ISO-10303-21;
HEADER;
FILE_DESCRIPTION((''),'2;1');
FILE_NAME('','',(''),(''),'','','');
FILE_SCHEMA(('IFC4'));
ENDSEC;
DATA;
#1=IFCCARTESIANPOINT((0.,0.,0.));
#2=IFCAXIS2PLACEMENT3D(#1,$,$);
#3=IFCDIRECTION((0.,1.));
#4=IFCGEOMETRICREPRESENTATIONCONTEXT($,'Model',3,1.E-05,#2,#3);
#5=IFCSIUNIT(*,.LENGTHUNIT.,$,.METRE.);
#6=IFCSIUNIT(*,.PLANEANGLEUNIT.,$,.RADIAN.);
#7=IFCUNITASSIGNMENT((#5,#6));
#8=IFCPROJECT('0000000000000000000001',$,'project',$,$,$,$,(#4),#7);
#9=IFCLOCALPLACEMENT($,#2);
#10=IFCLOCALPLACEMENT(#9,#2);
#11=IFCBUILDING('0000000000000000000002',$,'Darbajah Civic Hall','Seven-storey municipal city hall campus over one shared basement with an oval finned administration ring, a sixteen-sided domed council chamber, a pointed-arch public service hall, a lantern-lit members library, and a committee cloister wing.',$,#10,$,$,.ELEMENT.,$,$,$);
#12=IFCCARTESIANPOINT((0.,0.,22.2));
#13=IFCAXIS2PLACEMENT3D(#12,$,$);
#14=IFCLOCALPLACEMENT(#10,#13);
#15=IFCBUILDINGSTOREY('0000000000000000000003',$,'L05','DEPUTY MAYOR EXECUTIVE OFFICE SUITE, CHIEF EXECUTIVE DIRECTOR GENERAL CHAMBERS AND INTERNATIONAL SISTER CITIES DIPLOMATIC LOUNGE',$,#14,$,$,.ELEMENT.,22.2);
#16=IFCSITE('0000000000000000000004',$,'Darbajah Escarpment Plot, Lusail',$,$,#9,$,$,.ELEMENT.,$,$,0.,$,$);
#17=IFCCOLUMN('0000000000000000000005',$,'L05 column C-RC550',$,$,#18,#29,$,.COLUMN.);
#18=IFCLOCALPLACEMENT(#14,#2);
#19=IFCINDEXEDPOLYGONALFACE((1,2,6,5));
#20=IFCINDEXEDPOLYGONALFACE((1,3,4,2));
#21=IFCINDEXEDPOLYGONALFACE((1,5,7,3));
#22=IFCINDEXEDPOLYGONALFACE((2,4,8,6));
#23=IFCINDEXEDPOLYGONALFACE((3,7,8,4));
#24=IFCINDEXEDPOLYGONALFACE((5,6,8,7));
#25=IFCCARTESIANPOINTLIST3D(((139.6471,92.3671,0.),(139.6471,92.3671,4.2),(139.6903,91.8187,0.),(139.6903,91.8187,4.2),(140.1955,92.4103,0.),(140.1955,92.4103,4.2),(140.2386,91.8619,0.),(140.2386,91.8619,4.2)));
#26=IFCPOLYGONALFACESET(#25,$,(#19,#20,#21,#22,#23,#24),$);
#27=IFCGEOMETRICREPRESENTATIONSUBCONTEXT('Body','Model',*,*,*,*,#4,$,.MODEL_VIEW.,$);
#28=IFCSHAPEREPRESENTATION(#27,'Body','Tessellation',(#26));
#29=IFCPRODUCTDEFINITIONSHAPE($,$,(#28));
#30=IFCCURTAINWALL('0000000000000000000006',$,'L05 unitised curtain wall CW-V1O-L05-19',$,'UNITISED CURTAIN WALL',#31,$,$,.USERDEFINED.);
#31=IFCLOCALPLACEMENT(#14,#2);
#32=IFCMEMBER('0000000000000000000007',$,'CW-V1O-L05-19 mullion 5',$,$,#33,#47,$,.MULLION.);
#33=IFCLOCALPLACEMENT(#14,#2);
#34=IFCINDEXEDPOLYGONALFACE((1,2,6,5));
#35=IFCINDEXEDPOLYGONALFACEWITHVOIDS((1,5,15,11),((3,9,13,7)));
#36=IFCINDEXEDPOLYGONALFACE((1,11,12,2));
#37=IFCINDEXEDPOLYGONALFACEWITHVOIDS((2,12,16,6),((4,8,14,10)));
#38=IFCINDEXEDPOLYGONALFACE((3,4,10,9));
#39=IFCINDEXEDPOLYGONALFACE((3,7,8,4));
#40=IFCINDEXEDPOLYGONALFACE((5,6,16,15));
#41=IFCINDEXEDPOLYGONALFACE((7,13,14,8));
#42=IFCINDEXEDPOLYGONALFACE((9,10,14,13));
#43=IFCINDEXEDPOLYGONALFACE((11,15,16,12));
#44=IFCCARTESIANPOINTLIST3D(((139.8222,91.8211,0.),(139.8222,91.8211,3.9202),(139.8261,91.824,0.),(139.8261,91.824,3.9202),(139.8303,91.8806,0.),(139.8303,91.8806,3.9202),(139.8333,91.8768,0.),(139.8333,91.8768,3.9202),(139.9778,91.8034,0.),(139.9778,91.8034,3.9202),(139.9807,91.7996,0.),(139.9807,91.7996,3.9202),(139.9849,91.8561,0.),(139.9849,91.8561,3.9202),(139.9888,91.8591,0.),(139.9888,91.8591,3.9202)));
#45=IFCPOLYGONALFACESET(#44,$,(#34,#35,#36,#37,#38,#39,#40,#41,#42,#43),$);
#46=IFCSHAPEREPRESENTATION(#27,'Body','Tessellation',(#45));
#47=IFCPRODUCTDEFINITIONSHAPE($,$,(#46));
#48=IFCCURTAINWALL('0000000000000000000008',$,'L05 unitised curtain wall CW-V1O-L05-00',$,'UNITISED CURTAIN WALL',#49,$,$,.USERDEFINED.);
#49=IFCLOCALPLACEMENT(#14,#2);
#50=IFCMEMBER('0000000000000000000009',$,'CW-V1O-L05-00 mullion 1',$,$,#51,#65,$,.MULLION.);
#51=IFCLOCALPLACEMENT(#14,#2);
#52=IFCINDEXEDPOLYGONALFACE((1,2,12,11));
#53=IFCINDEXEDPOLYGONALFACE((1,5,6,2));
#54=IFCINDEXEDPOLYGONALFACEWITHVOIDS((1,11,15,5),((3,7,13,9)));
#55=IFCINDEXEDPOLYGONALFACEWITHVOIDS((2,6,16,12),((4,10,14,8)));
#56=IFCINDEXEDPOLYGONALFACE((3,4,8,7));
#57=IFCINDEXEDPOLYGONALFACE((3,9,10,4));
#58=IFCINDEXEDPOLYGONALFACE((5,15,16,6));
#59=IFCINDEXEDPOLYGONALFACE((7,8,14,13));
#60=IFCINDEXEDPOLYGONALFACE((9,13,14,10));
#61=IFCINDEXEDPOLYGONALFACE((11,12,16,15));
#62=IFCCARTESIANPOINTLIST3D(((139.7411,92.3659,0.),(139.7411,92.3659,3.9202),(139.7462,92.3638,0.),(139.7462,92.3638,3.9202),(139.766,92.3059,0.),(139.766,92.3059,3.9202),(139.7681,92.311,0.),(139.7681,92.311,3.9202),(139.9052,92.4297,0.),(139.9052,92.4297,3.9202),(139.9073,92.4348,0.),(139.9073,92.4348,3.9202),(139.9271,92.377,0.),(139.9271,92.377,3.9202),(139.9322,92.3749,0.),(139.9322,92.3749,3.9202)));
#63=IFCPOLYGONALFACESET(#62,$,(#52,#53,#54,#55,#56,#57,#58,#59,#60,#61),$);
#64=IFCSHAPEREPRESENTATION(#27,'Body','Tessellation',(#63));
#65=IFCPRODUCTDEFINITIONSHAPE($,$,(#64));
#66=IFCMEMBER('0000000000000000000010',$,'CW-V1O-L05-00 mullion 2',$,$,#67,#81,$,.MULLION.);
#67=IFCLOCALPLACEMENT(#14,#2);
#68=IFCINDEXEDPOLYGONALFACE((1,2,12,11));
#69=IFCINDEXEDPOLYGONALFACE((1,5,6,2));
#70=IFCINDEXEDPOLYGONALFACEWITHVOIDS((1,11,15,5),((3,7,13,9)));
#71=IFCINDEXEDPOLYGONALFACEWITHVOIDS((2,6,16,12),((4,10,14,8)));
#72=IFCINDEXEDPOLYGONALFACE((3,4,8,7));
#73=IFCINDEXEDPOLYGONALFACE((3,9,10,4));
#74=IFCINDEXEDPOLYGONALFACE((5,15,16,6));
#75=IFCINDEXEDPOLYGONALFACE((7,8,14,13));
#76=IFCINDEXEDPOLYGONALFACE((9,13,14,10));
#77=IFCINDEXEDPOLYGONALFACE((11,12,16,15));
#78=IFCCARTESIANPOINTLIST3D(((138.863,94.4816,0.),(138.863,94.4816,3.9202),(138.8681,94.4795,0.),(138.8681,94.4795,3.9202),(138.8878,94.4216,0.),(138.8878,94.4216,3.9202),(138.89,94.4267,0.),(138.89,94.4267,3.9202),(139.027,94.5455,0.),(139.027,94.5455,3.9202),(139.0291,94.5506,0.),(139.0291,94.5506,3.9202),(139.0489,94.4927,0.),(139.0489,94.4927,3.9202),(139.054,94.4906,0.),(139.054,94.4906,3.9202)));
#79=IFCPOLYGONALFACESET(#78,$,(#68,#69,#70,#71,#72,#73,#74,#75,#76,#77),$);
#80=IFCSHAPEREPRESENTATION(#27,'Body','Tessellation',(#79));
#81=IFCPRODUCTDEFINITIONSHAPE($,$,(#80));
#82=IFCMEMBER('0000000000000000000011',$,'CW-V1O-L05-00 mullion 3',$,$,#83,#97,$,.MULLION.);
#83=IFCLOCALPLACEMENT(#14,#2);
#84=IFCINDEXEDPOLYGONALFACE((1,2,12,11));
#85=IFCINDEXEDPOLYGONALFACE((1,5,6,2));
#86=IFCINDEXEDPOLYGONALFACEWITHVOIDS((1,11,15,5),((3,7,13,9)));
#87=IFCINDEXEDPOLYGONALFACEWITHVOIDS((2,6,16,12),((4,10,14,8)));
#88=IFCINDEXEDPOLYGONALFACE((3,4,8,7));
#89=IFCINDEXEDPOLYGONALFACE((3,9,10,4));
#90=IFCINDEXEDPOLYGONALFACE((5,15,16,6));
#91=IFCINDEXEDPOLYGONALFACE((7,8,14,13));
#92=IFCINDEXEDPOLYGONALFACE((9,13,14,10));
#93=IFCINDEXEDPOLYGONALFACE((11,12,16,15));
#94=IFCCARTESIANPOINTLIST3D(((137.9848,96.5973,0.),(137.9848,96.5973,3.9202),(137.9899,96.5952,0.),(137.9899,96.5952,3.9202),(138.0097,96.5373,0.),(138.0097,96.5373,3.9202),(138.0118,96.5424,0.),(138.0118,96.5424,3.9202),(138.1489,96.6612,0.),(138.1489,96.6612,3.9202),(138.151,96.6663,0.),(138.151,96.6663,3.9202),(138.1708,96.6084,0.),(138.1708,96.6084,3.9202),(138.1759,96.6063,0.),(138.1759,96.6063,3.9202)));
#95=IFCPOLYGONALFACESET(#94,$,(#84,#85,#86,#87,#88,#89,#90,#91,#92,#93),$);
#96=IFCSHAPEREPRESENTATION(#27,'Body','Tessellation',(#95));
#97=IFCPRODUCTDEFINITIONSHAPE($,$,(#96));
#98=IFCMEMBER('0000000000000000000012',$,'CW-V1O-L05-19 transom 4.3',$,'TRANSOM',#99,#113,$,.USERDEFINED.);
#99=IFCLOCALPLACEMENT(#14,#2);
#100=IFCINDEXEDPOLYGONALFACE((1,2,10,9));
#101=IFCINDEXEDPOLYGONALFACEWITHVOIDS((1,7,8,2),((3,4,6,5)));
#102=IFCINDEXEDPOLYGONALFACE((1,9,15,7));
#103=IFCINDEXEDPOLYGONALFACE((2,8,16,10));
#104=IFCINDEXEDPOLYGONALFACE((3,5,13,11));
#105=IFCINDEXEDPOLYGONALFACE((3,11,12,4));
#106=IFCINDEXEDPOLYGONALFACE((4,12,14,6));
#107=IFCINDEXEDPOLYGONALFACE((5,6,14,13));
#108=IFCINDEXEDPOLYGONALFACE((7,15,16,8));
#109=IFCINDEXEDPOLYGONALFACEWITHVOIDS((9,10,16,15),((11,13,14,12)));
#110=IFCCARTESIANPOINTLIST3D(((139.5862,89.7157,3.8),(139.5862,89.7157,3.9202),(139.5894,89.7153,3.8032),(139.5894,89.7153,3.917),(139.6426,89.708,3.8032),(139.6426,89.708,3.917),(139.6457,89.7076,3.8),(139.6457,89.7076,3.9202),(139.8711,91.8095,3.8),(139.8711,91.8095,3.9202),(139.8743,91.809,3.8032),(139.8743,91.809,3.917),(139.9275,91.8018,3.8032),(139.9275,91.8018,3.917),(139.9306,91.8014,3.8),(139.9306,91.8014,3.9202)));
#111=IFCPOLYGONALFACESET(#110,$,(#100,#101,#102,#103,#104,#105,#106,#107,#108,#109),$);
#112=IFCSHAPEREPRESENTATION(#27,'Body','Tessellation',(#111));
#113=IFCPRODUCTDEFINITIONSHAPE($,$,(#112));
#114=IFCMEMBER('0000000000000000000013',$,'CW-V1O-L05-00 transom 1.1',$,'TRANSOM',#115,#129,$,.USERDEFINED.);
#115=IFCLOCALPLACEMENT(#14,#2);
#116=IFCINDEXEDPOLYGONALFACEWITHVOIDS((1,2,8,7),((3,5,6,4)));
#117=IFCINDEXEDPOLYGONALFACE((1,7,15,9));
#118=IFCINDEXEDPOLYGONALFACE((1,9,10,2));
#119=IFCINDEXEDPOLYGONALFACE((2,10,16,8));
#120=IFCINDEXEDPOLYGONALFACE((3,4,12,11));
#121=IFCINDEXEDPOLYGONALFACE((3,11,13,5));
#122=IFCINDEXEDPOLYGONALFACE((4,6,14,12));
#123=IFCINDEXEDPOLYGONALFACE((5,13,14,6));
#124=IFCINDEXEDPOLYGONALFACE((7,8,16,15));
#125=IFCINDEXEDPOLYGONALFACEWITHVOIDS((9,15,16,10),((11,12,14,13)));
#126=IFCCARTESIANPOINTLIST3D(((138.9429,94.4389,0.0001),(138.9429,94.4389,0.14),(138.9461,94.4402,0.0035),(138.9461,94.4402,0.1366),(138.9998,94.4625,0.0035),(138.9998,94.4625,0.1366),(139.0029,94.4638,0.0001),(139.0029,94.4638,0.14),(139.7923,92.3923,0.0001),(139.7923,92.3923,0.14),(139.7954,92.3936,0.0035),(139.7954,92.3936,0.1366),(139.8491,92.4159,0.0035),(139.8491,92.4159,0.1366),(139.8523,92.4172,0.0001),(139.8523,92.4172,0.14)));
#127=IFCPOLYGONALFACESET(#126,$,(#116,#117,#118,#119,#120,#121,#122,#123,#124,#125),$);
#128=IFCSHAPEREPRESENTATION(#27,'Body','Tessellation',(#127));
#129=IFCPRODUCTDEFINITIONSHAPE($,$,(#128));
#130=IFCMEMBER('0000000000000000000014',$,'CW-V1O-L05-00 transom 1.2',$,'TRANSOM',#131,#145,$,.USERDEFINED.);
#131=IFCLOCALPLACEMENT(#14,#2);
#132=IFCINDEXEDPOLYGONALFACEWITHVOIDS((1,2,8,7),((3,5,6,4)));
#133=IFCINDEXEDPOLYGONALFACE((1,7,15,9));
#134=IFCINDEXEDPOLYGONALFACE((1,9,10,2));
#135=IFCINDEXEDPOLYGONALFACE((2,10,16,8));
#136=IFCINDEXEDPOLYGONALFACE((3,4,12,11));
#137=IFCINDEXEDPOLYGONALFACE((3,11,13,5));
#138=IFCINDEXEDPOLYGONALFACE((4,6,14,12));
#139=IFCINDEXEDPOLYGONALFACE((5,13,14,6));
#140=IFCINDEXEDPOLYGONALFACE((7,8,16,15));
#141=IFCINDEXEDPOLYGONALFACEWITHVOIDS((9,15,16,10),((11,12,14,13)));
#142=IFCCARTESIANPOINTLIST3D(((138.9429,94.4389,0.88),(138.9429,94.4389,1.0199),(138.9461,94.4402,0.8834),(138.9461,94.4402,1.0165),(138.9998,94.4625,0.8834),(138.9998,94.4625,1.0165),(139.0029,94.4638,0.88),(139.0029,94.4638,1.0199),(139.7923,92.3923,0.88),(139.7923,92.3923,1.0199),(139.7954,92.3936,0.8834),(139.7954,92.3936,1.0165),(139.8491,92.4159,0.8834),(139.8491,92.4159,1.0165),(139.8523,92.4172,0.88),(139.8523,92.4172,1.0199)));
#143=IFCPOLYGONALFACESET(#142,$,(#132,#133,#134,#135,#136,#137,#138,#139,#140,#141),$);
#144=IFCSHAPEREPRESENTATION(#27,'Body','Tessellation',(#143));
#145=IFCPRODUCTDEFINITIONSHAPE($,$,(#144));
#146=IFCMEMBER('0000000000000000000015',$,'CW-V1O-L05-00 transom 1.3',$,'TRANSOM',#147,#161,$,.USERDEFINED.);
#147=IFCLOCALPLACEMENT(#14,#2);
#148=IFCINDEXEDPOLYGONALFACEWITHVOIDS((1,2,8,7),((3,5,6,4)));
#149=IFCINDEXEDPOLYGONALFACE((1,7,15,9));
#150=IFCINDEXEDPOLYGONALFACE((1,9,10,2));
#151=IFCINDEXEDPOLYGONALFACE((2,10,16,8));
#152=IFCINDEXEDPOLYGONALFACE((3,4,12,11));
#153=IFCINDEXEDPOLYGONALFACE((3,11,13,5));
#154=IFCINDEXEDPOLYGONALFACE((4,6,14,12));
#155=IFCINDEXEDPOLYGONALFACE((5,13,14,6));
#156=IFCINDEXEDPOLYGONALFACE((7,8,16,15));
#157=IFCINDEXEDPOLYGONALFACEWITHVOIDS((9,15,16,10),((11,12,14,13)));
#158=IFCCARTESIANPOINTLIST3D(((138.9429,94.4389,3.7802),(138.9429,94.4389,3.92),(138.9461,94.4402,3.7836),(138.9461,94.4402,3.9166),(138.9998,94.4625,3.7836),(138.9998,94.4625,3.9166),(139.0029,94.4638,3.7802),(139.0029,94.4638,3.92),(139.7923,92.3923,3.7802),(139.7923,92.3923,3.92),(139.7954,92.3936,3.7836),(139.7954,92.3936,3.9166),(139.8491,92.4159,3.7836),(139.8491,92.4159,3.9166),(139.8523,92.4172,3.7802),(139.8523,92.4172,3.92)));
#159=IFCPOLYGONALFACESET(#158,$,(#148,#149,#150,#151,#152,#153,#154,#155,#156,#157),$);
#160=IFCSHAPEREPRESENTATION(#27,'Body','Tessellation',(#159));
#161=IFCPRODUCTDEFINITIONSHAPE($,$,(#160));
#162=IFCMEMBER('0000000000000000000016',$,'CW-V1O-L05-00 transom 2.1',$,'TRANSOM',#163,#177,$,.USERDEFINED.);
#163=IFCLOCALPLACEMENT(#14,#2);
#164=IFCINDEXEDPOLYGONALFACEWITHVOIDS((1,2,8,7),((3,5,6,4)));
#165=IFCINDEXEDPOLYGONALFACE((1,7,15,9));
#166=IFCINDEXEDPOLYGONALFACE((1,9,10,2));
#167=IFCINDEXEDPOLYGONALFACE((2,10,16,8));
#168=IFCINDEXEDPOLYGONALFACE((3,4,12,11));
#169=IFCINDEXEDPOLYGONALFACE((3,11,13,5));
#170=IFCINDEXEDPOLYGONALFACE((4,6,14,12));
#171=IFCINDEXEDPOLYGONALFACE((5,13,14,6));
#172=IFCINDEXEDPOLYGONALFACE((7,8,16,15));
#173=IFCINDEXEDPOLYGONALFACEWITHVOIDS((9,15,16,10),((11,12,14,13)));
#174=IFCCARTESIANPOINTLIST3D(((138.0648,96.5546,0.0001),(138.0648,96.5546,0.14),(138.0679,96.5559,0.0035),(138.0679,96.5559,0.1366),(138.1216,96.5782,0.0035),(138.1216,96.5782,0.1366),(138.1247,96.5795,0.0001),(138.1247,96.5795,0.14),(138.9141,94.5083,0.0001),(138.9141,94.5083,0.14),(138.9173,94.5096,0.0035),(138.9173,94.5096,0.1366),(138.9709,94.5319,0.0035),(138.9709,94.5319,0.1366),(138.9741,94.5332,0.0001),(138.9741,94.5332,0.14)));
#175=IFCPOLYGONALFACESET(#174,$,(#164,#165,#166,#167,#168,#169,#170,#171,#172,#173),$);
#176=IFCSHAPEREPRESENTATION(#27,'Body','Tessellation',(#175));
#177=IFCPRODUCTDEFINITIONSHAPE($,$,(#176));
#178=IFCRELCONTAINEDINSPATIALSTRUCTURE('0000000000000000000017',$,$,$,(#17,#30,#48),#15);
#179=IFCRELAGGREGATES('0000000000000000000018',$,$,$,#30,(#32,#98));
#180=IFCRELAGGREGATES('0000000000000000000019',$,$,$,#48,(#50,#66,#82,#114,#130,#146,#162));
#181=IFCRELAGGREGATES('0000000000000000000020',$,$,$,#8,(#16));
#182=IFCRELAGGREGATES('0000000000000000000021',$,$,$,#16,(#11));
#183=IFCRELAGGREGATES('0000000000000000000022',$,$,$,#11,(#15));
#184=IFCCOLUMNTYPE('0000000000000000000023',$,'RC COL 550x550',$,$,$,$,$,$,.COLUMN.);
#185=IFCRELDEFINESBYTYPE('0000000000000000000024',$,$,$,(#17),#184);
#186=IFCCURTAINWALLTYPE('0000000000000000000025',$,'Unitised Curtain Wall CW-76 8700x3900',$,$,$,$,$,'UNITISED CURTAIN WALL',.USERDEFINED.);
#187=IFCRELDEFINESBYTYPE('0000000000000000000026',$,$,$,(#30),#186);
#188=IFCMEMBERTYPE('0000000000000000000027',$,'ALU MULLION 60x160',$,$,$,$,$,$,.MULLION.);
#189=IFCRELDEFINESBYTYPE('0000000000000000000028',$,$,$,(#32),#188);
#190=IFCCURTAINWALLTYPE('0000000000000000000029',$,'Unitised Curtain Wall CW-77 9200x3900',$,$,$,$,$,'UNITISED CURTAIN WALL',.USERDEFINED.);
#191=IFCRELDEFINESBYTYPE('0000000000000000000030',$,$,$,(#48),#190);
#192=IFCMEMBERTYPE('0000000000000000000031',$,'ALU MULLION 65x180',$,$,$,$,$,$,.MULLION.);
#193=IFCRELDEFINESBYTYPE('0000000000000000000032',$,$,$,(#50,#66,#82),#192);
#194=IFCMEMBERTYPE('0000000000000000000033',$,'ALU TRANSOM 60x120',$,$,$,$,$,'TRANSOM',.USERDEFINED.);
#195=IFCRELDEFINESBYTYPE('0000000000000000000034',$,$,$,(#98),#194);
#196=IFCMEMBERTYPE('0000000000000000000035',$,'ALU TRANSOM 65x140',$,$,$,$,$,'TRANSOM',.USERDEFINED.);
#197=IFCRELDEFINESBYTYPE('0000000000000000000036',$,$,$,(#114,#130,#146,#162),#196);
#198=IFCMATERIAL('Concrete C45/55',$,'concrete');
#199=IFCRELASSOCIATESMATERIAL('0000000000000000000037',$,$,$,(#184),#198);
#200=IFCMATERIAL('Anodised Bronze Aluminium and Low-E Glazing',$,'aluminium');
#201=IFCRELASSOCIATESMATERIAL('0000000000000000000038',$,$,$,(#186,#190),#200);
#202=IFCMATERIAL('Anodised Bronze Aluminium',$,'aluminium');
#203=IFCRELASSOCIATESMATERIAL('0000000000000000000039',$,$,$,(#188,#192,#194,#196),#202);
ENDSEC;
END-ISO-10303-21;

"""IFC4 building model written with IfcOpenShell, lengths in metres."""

from ifc_helpers import new_model, si_unit, direction, frame, origin, origin_2d, place, context, subcontext, project, spatial, rectangle, hollow_rectangle, extrude, material, material_profile, profile_set, type_object, element, aggregate, save


model = new_model("IFC4")

# Units and contexts
model_context = context("Model", 3, precision=1e-05, world=origin(), true_north=direction((0.0, 1.0)))
body_context = subcontext(model_context, "Body", "Model", "MODEL_VIEW")
ifc_project = project(units=[si_unit("LENGTHUNIT", "METRE"), si_unit("PLANEANGLEUNIT", "RADIAN")], contexts=[model_context])

# Site, building, storey
site_placement = place(None, origin())
site = spatial("IfcSite", under=ifc_project, at=site_placement, Name="Darbajah Escarpment Plot, Lusail", CompositionType="ELEMENT", RefElevation=0.0)
building_placement = place(site_placement, origin())
building = spatial("IfcBuilding", under=site, at=building_placement, Name="Darbajah Civic Hall", Description="Seven-storey municipal city hall campus over one shared basement with an oval finned administration ring, a sixteen-sided domed council chamber, a pointed-arch public service hall, a lantern-lit members library, and a committee cloister wing.", CompositionType="ELEMENT")
storey_placement = place(building_placement, frame((0.0, 0.0, 22.2)))
storey = spatial("IfcBuildingStorey", under=building, at=storey_placement, Name="L05", Description="DEPUTY MAYOR EXECUTIVE OFFICE SUITE, CHIEF EXECUTIVE DIRECTOR GENERAL CHAMBERS AND INTERNATIONAL SISTER CITIES DIPLOMATIC LOUNGE", CompositionType="ELEMENT", Elevation=22.2)

# Column
ifc_material_1 = material(Name="Concrete C45/55", Category="concrete")
ifc_material_profile_1 = material_profile(ifc_material_1, rectangle(XDim=0.55, YDim=0.55, at=origin_2d()), Name="RC COL 550x550")
ifc_profile_set_1 = profile_set([ifc_material_profile_1], Name="Concrete C45/55")
column_type = type_object("IfcColumnType", Name="RC COL 550x550", PredefinedType="COLUMN", material=ifc_profile_set_1)
column_placement = place(storey_placement, frame((139.9429, 92.1145, 0.0), z_axis=(0.0, 0.0, 1.0), x_axis=(0.996917, 0.078459, 0.0)))
element("IfcColumn", 1, at=column_placement, inside=storey, type_object=column_type, Name="L05 column C-RC550", PredefinedType="COLUMN", context=body_context, shape_type="SweptSolid", body=[
    extrude(rectangle(XDim=0.55, YDim=0.55, at=origin_2d()), origin(), (0.0, 0.0, 1.0), 4.2),
])

# Curtain wall, member
ifc_material_2 = material(Name="Anodised Bronze Aluminium and Low-E Glazing", Category="aluminium")
curtain_wall_type_1 = type_object("IfcCurtainWallType", Name="Unitised Curtain Wall CW-76 8700x3900", ElementType="UNITISED CURTAIN WALL", PredefinedType="USERDEFINED", material=ifc_material_2)
curtain_wall_1_placement = place(storey_placement, origin())
curtain_wall_1 = element("IfcCurtainWall", 2, at=curtain_wall_1_placement, inside=storey, type_object=curtain_wall_type_1, Name="L05 unitised curtain wall CW-V1O-L05-19", ObjectType="UNITISED CURTAIN WALL", PredefinedType="USERDEFINED")
ifc_material_3 = material(Name="Anodised Bronze Aluminium", Category="aluminium")
ifc_material_profile_2 = material_profile(ifc_material_3, hollow_rectangle(XDim=0.0601, YDim=0.1599, WallThickness=0.0034, at=origin_2d()), Name="ALU MULLION 60x160")
ifc_profile_set_2 = profile_set([ifc_material_profile_2], Name="Anodised Bronze Aluminium")
member_type_1 = type_object("IfcMemberType", Name="ALU MULLION 60x160", PredefinedType="MULLION", material=ifc_profile_set_2)
member_1_placement = place(storey_placement, frame((139.9055, 91.8401, 0.0), z_axis=(0.0, 0.0, 1.0), x_axis=(0.134851, 0.990866, 0.0)))
member_1 = element("IfcMember", 3, at=member_1_placement, type_object=member_type_1, Name="CW-V1O-L05-19 mullion 5", PredefinedType="MULLION", context=body_context, shape_type="SweptSolid", body=[
    extrude(hollow_rectangle(XDim=0.0601, YDim=0.1599, WallThickness=0.0034, at=origin_2d()), origin(), (0.0, 0.0, 1.0), 3.9202),
])

# Curtain wall, members
curtain_wall_type_2 = type_object("IfcCurtainWallType", Name="Unitised Curtain Wall CW-77 9200x3900", ElementType="UNITISED CURTAIN WALL", PredefinedType="USERDEFINED", material=ifc_material_2)
curtain_wall_2_placement = place(storey_placement, origin())
curtain_wall_2 = element("IfcCurtainWall", 4, at=curtain_wall_2_placement, inside=storey, type_object=curtain_wall_type_2, Name="L05 unitised curtain wall CW-V1O-L05-00", ObjectType="UNITISED CURTAIN WALL", PredefinedType="USERDEFINED")
ifc_material_profile_3 = material_profile(ifc_material_3, hollow_rectangle(XDim=0.0649, YDim=0.1799, WallThickness=0.0039, at=origin_2d()), Name="ALU MULLION 65x180")
ifc_profile_set_3 = profile_set([ifc_material_profile_3], Name="Anodised Bronze Aluminium")
member_type_2 = type_object("IfcMemberType", Name="ALU MULLION 65x180", PredefinedType="MULLION", material=ifc_profile_set_3)
member_2_placement = place(storey_placement, frame((139.8367, 92.3704, 0.0), z_axis=(0.0, 0.0, 1.0), x_axis=(-0.383328, 0.923612, 0.0)))
member_2 = element("IfcMember", 5, at=member_2_placement, type_object=member_type_2, Name="CW-V1O-L05-00 mullion 1", PredefinedType="MULLION", context=body_context, shape_type="SweptSolid", body=[
    extrude(hollow_rectangle(XDim=0.0649, YDim=0.1799, WallThickness=0.0039, at=origin_2d()), origin(), (0.0, 0.0, 1.0), 3.9202),
])
member_3_placement = place(storey_placement, frame((138.9585, 94.4861, 0.0), z_axis=(0.0, 0.0, 1.0), x_axis=(-0.383328, 0.923612, 0.0)))
member_3 = element("IfcMember", 6, at=member_3_placement, type_object=member_type_2, Name="CW-V1O-L05-00 mullion 2", PredefinedType="MULLION", context=body_context, shape_type="SweptSolid", body=[
    extrude(hollow_rectangle(XDim=0.0649, YDim=0.1799, WallThickness=0.0039, at=origin_2d()), origin(), (0.0, 0.0, 1.0), 3.9202),
])
member_4_placement = place(storey_placement, frame((138.0803, 96.6018, 0.0), z_axis=(0.0, 0.0, 1.0), x_axis=(-0.383328, 0.923612, 0.0)))
member_4 = element("IfcMember", 7, at=member_4_placement, type_object=member_type_2, Name="CW-V1O-L05-00 mullion 3", PredefinedType="MULLION", context=body_context, shape_type="SweptSolid", body=[
    extrude(hollow_rectangle(XDim=0.0649, YDim=0.1799, WallThickness=0.0039, at=origin_2d()), origin(), (0.0, 0.0, 1.0), 3.9202),
])

# Members
ifc_material_profile_4 = material_profile(ifc_material_3, hollow_rectangle(XDim=0.0601, YDim=0.1201, WallThickness=0.0032, at=origin_2d()), Name="ALU TRANSOM 60x120")
ifc_profile_set_4 = profile_set([ifc_material_profile_4], Name="Anodised Bronze Aluminium")
member_type_3 = type_object("IfcMemberType", Name="ALU TRANSOM 60x120", ElementType="TRANSOM", PredefinedType="USERDEFINED", material=ifc_profile_set_4)
member_5_placement = place(storey_placement, frame((139.616, 89.7117, 3.8601), z_axis=(0.134835, 0.990868, 0.0), x_axis=(-0.990868, 0.134835, 0.0)))
member_5 = element("IfcMember", 8, at=member_5_placement, type_object=member_type_3, Name="CW-V1O-L05-19 transom 4.3", ObjectType="TRANSOM", PredefinedType="USERDEFINED", context=body_context, shape_type="SweptSolid", body=[
    extrude(hollow_rectangle(XDim=0.0601, YDim=0.1201, WallThickness=0.0032, at=origin_2d()), origin(), (0.0, 0.0, 1.0), 2.113),
])
ifc_material_profile_5 = material_profile(ifc_material_3, hollow_rectangle(XDim=0.0649, YDim=0.1399, WallThickness=0.0034, at=origin_2d()), Name="ALU TRANSOM 65x140")
ifc_profile_set_5 = profile_set([ifc_material_profile_5], Name="Anodised Bronze Aluminium")
member_type_4 = type_object("IfcMemberType", Name="ALU TRANSOM 65x140", ElementType="TRANSOM", PredefinedType="USERDEFINED", material=ifc_profile_set_5)
member_6_placement = place(storey_placement, frame((139.8223, 92.4048, 0.0701), z_axis=(-0.383309, 0.92362, 0.0), x_axis=(-0.92362, -0.383309, 0.0)))
member_6 = element("IfcMember", 9, at=member_6_placement, type_object=member_type_4, Name="CW-V1O-L05-00 transom 1.1", ObjectType="TRANSOM", PredefinedType="USERDEFINED", context=body_context, shape_type="SweptSolid", body=[
    extrude(hollow_rectangle(XDim=0.0649, YDim=0.1399, WallThickness=0.0034, at=origin_2d()), origin(), (0.0, 0.0, 1.0), 2.2158),
])
member_7_placement = place(storey_placement, frame((139.8223, 92.4048, 0.95), z_axis=(-0.383309, 0.92362, 0.0), x_axis=(-0.92362, -0.383309, 0.0)))
member_7 = element("IfcMember", 10, at=member_7_placement, type_object=member_type_4, Name="CW-V1O-L05-00 transom 1.2", ObjectType="TRANSOM", PredefinedType="USERDEFINED", context=body_context, shape_type="SweptSolid", body=[
    extrude(hollow_rectangle(XDim=0.0649, YDim=0.1399, WallThickness=0.0034, at=origin_2d()), origin(), (0.0, 0.0, 1.0), 2.2158),
])
member_8_placement = place(storey_placement, frame((139.8223, 92.4048, 3.8501), z_axis=(-0.383309, 0.92362, 0.0), x_axis=(-0.92362, -0.383309, 0.0)))
member_8 = element("IfcMember", 11, at=member_8_placement, type_object=member_type_4, Name="CW-V1O-L05-00 transom 1.3", ObjectType="TRANSOM", PredefinedType="USERDEFINED", context=body_context, shape_type="SweptSolid", body=[
    extrude(hollow_rectangle(XDim=0.0649, YDim=0.1399, WallThickness=0.0034, at=origin_2d()), origin(), (0.0, 0.0, 1.0), 2.2158),
])
member_9_placement = place(storey_placement, frame((138.9441, 94.5208, 0.0701), z_axis=(-0.383348, 0.923604, 0.0), x_axis=(-0.923604, -0.383348, 0.0)))
member_9 = element("IfcMember", 12, at=member_9_placement, type_object=member_type_4, Name="CW-V1O-L05-00 transom 2.1", ObjectType="TRANSOM", PredefinedType="USERDEFINED", context=body_context, shape_type="SweptSolid", body=[
    extrude(hollow_rectangle(XDim=0.0649, YDim=0.1399, WallThickness=0.0034, at=origin_2d()), origin(), (0.0, 0.0, 1.0), 2.2156),
])

aggregate(curtain_wall_1, [member_1, member_5])
aggregate(curtain_wall_2, [member_2, member_3, member_4, member_6, member_7, member_8, member_9])

save(model, "model.ifc")
